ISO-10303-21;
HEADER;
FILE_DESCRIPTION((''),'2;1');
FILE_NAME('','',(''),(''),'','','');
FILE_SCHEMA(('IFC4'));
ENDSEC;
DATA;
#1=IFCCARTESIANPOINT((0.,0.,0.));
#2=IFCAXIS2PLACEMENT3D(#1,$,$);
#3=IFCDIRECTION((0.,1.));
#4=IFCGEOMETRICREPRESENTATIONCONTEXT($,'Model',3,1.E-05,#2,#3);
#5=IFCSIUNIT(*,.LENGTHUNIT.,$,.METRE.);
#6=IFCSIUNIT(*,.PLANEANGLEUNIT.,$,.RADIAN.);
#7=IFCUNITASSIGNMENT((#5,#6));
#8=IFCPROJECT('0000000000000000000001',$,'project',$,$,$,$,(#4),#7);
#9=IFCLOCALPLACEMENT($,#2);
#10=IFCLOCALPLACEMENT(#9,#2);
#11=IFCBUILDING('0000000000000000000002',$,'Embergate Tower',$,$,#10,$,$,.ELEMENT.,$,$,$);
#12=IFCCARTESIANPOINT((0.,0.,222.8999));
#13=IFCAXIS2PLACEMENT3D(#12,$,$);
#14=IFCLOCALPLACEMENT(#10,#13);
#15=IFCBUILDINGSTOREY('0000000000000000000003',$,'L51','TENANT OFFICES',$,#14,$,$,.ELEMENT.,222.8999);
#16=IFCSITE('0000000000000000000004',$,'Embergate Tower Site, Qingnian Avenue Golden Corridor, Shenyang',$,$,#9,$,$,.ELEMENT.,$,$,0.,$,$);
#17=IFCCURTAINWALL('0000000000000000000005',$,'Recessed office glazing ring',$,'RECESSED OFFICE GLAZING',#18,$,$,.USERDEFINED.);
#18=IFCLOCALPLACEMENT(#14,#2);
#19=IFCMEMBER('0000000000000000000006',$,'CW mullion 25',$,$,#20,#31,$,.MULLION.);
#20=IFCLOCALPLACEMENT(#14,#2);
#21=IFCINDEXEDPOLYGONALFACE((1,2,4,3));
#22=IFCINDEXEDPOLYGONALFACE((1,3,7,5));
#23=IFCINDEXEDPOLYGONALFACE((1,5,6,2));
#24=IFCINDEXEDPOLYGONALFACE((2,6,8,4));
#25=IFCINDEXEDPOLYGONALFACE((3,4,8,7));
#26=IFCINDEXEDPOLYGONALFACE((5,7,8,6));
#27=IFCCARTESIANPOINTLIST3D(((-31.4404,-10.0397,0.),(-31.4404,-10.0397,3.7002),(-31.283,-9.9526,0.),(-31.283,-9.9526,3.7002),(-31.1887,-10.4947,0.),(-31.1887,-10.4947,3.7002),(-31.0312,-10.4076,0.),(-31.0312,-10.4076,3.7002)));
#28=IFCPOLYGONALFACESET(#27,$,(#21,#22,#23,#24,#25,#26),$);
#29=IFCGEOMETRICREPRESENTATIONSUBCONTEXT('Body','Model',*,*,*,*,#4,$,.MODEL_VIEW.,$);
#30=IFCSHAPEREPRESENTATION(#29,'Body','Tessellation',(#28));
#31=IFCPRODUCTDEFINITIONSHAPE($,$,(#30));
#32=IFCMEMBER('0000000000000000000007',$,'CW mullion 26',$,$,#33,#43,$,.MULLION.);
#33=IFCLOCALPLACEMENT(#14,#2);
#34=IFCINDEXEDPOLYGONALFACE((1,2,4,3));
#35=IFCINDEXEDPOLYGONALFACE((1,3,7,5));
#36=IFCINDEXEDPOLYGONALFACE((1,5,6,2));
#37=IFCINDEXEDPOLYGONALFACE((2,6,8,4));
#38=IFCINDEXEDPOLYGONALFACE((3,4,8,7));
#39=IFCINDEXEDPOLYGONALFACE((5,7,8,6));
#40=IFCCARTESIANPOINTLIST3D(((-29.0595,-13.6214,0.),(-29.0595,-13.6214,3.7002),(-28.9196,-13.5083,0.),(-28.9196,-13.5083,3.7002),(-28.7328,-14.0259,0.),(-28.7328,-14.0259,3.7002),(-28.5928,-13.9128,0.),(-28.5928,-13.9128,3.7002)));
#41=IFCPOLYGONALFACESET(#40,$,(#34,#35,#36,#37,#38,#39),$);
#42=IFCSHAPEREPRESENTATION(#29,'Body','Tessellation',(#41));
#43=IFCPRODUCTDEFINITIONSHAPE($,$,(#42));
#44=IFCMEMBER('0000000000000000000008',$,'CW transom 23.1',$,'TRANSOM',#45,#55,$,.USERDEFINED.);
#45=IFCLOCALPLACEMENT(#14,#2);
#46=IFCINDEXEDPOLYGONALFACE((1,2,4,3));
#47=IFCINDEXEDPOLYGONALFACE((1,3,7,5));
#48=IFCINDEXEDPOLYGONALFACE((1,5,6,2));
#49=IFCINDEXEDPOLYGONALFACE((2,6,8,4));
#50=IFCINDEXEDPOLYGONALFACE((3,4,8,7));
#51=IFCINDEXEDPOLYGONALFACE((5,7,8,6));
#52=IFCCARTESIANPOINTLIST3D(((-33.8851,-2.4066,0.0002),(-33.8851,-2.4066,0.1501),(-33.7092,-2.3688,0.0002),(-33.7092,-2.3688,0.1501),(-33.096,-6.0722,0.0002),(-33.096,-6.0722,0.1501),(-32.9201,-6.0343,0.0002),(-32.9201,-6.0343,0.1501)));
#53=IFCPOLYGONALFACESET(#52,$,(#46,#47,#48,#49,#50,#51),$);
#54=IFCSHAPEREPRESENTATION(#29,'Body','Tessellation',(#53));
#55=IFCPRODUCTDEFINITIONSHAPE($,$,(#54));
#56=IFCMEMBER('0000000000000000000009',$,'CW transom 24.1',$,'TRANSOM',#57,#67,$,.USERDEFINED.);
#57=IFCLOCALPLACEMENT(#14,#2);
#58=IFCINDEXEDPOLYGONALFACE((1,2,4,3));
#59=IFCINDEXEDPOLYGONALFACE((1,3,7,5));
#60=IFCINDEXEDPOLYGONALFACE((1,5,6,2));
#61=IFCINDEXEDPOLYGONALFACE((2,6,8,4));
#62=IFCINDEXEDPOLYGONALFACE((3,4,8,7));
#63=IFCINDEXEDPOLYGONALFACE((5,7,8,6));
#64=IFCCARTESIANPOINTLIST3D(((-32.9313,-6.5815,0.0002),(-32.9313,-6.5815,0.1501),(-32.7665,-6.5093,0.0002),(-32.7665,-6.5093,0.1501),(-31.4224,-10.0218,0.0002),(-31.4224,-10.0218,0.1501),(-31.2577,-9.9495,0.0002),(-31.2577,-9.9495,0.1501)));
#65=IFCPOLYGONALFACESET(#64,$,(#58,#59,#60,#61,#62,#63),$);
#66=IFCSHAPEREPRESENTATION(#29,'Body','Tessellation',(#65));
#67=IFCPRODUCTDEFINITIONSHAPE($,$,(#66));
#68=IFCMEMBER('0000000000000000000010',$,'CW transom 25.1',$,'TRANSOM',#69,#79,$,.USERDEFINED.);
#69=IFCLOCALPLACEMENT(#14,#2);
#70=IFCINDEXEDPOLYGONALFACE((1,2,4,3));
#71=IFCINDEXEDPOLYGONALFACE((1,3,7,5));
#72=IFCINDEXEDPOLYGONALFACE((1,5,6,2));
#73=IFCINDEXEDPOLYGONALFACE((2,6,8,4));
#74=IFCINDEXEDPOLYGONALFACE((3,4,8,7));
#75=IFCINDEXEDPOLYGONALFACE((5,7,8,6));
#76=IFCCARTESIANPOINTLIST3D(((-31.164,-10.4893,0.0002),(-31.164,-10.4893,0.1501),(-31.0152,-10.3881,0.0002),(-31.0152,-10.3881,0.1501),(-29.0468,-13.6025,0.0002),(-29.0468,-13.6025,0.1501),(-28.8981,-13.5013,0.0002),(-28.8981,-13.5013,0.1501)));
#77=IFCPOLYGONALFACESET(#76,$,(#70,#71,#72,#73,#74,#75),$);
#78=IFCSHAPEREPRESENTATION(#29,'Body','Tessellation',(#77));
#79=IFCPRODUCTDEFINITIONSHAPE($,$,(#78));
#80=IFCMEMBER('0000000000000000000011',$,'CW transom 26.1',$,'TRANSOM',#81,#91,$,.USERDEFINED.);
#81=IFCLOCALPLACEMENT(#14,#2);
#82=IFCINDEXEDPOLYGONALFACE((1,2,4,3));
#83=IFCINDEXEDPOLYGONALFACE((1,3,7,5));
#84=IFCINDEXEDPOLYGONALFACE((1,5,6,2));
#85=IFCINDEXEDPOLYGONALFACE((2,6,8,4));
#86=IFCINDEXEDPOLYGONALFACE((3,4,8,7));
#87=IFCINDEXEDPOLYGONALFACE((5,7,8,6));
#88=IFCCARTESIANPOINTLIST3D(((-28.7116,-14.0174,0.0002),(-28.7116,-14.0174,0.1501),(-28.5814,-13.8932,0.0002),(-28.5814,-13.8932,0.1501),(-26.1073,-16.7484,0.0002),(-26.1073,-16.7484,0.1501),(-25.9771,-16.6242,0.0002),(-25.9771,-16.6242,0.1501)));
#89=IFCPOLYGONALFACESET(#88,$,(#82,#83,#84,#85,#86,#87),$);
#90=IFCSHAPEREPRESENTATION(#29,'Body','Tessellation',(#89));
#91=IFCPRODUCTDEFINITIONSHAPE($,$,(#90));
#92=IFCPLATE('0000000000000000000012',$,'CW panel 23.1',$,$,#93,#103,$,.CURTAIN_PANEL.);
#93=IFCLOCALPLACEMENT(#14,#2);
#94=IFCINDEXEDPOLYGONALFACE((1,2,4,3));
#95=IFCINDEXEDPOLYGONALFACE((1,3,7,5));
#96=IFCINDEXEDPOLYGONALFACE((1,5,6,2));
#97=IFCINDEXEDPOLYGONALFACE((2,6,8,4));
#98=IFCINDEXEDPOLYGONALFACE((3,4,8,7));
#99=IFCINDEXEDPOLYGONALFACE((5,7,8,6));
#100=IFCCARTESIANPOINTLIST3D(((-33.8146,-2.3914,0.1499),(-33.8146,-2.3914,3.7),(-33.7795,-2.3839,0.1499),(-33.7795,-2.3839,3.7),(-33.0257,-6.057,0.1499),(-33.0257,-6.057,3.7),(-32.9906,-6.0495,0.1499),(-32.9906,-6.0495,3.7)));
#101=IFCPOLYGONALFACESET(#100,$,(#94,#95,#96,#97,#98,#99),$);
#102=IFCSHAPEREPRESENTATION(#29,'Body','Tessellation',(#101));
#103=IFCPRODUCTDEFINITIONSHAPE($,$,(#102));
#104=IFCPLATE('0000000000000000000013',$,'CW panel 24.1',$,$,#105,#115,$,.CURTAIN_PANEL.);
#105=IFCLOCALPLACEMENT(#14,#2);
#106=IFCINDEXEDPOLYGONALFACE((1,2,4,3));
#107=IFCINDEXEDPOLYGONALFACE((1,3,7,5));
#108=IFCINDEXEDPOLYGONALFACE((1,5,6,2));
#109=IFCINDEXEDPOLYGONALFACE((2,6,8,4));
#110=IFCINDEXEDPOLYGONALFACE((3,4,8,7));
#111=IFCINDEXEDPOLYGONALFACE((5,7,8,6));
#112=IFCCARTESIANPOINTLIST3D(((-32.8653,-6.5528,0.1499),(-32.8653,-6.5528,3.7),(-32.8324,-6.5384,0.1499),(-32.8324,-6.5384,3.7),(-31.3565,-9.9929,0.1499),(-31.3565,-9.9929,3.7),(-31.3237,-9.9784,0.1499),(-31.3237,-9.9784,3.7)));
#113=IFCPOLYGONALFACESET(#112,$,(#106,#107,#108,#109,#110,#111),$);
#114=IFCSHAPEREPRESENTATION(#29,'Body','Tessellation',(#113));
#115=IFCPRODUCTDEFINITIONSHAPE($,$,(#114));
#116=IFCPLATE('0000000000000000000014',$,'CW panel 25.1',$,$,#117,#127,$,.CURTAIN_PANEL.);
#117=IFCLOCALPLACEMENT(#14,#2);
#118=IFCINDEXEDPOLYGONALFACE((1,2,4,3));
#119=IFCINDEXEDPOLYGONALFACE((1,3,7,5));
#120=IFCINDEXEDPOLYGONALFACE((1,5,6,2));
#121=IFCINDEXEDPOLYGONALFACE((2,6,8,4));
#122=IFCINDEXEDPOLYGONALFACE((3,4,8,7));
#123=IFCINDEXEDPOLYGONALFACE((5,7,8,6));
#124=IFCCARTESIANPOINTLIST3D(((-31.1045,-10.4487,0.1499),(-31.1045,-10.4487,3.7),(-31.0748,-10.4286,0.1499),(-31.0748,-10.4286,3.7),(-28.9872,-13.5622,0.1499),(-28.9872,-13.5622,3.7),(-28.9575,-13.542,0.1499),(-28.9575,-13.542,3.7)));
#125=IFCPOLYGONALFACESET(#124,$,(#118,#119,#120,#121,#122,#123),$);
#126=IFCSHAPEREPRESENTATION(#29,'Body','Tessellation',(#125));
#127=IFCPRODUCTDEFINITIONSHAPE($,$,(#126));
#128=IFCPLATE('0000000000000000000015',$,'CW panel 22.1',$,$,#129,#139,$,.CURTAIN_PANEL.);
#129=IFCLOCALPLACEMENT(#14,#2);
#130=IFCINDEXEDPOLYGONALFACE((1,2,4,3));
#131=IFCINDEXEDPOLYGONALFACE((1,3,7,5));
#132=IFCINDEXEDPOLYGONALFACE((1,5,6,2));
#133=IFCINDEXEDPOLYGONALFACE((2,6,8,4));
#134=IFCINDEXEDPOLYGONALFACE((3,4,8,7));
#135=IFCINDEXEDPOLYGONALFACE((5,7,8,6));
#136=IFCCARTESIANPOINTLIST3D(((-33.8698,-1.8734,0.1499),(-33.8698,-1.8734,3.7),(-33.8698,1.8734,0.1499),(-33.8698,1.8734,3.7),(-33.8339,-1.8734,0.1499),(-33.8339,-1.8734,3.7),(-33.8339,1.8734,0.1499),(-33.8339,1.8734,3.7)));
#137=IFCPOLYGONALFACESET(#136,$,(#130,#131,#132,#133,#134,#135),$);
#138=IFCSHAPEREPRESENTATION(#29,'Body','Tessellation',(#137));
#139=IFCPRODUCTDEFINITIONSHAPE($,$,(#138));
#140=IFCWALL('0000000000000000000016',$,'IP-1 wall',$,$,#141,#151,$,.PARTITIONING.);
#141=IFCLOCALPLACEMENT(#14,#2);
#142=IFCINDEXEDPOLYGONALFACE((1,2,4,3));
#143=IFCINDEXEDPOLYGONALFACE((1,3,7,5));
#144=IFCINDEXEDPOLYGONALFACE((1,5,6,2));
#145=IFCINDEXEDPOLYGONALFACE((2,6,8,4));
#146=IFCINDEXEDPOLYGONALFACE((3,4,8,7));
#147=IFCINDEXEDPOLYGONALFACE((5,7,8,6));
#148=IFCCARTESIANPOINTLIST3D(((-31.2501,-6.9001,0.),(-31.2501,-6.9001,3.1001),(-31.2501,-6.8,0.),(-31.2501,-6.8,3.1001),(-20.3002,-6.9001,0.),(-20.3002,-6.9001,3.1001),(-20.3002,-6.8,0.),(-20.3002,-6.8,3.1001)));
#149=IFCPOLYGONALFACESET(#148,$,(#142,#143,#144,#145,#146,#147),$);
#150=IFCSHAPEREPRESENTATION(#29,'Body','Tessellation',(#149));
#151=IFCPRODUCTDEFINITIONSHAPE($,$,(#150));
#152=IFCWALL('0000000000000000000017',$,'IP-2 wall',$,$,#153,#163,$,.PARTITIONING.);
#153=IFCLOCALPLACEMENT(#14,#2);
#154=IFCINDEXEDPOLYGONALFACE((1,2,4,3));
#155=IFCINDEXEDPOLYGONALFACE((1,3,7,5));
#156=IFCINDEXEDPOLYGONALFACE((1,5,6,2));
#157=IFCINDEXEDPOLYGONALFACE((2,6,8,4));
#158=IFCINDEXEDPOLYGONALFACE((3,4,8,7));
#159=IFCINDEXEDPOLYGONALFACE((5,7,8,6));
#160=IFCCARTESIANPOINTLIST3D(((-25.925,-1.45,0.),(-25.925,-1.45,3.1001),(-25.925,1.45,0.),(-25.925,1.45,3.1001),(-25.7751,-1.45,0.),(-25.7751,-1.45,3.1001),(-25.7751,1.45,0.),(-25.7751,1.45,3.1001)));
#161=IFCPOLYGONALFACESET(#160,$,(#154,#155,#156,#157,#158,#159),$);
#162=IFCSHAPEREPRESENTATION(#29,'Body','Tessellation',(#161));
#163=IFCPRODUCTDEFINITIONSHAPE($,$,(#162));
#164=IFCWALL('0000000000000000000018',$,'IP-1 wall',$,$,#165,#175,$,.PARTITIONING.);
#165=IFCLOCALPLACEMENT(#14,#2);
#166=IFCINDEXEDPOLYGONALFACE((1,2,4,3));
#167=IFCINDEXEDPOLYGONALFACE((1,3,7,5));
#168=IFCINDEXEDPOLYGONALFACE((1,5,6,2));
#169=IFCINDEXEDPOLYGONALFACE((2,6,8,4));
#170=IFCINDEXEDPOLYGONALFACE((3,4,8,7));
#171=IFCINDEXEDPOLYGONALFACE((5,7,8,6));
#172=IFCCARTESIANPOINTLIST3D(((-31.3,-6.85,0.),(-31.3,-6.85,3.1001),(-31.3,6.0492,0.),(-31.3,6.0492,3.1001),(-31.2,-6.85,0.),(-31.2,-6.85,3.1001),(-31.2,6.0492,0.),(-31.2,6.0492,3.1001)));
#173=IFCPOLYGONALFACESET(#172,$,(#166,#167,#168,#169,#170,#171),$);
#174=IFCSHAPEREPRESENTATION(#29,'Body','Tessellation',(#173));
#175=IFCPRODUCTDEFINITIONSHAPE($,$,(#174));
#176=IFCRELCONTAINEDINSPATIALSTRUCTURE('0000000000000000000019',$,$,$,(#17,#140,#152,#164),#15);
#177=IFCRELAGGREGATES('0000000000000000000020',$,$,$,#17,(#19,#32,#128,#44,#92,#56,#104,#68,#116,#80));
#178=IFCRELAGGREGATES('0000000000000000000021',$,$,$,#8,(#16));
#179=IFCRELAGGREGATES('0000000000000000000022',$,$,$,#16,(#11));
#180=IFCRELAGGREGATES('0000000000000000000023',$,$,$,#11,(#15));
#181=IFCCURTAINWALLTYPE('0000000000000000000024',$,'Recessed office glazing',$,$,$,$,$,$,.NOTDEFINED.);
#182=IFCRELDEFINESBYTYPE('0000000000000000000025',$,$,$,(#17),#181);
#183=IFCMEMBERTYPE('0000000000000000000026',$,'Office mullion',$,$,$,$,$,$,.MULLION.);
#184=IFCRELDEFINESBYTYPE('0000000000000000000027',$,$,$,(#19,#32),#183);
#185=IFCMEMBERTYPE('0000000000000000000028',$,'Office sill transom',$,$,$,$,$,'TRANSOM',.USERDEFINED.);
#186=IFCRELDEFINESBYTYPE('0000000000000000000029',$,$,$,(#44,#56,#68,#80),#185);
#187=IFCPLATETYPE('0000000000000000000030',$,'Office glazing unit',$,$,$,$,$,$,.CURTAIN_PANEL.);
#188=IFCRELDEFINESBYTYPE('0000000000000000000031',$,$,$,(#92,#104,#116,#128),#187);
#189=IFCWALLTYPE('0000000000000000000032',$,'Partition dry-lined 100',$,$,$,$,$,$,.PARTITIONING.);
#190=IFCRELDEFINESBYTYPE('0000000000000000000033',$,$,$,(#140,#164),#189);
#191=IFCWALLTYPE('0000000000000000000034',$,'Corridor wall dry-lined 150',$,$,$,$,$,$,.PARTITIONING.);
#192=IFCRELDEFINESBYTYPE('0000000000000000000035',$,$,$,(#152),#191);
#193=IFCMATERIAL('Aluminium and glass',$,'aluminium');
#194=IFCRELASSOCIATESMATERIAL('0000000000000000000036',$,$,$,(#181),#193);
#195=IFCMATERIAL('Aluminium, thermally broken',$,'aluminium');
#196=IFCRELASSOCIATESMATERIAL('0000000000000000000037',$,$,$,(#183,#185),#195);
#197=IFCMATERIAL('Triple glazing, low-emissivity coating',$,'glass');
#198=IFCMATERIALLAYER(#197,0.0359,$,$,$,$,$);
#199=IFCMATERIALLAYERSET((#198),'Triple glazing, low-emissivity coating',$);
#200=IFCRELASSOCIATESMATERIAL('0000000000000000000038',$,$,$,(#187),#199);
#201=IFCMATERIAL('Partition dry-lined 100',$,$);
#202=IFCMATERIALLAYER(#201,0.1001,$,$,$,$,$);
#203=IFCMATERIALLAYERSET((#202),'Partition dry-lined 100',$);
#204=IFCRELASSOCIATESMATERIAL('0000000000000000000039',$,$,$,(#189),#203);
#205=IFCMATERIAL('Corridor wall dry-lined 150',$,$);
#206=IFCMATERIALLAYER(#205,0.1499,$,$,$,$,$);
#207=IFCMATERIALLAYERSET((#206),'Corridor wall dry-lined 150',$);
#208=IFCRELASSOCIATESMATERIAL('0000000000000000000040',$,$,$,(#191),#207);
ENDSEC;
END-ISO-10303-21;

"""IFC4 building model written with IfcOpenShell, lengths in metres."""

from ifc_helpers import new_model, si_unit, direction, frame, frame_2d, origin, origin_2d, place, context, subcontext, project, spatial, rectangle, extrude, source, transform, mapped, material, layer, layer_set, material_profile, profile_set, type_object, element, aggregate, save


model = new_model("IFC4")

# Units and contexts
model_context = context("Model", 3, precision=1e-05, world=origin(), true_north=direction((0.0, 1.0)))
body_context = subcontext(model_context, "Body", "Model", "MODEL_VIEW")
ifc_project = project(units=[si_unit("LENGTHUNIT", "METRE"), si_unit("PLANEANGLEUNIT", "RADIAN")], contexts=[model_context])

# Site, building, storey
site_placement = place(None, origin())
site = spatial("IfcSite", under=ifc_project, at=site_placement, Name="Embergate Tower Site, Qingnian Avenue Golden Corridor, Shenyang", CompositionType="ELEMENT", RefElevation=0.0)
building_placement = place(site_placement, origin())
building = spatial("IfcBuilding", under=site, at=building_placement, Name="Embergate Tower", CompositionType="ELEMENT")
storey_placement = place(building_placement, frame((0.0, 0.0, 222.8999)))
storey = spatial("IfcBuildingStorey", under=building, at=storey_placement, Name="L51", Description="TENANT OFFICES", CompositionType="ELEMENT", Elevation=222.8999)

# Curtain wall, members, plates
ifc_material_1 = material(Name="Aluminium and glass", Category="aluminium")
curtain_wall_type = type_object("IfcCurtainWallType", Name="Recessed office glazing", PredefinedType="NOTDEFINED", material=ifc_material_1)
curtain_wall_placement = place(storey_placement, origin())
curtain_wall = element("IfcCurtainWall", 1, at=curtain_wall_placement, inside=storey, type_object=curtain_wall_type, Name="Recessed office glazing ring", ObjectType="RECESSED OFFICE GLAZING", PredefinedType="USERDEFINED")
ifc_material_2 = material(Name="Aluminium, thermally broken", Category="aluminium")
ifc_material_profile_1 = material_profile(ifc_material_2, rectangle(XDim=0.1799, YDim=0.52, at=origin_2d()), Name="AL 520x180")
ifc_profile_set_1 = profile_set([ifc_material_profile_1], Name="Aluminium, thermally broken")
member_type_1 = type_object("IfcMemberType", Name="Office mullion", PredefinedType="MULLION", material=ifc_profile_set_1)
shared_shape_1 = source(origin(), body_context, "Body", "SweptSolid", [
    extrude(rectangle(XDim=0.1799, YDim=0.52, at=origin_2d()), origin(), (0.0, 0.0, 1.0), 3.7002),
])
member_1_placement = place(storey_placement, frame((-31.2358, -10.2236, 0.0), z_axis=(0.0, 0.0, 1.0), x_axis=(0.875001, 0.484121, 0.0)))
member_1 = element("IfcMember", 2, at=member_1_placement, type_object=member_type_1, Name="CW mullion 25", PredefinedType="MULLION", context=body_context, shape_type="MappedRepresentation", body=[
    mapped(shared_shape_1, transform((0.0, 0.0, 0.0))),
])
member_2_placement = place(storey_placement, frame((-28.8262, -13.7671, 0.0), z_axis=(0.0, 0.0, 1.0), x_axis=(0.777873, 0.628422, 0.0)))
member_2 = element("IfcMember", 3, at=member_2_placement, type_object=member_type_1, Name="CW mullion 26", PredefinedType="MULLION", context=body_context, shape_type="MappedRepresentation", body=[
    mapped(shared_shape_1, transform((0.0, 0.0, 0.0))),
])
ifc_material_profile_2 = material_profile(ifc_material_2, rectangle(XDim=0.1799, YDim=0.1499, at=origin_2d()), Name="AL 150x180")
ifc_profile_set_2 = profile_set([ifc_material_profile_2], Name="Aluminium, thermally broken")
member_type_2 = type_object("IfcMemberType", Name="Office sill transom", ElementType="TRANSOM", PredefinedType="USERDEFINED", material=ifc_profile_set_2)
shared_shape_2 = source(origin(), body_context, "Body", "SweptSolid", [
    extrude(rectangle(XDim=0.1799, YDim=0.1499, at=origin_2d()), origin(), (0.0, 0.0, 1.0), 3.7495),
])
member_3_placement = place(storey_placement, frame((-33.7971, -2.3877, 0.0752), z_axis=(0.210445, -0.977606, 0.0), x_axis=(0.977606, 0.210445, 0.0)))
member_3 = element("IfcMember", 4, at=member_3_placement, type_object=member_type_2, Name="CW transom 23.1", ObjectType="TRANSOM", PredefinedType="USERDEFINED", context=body_context, shape_type="MappedRepresentation", body=[
    mapped(shared_shape_2, transform((0.0, 0.0, 0.0))),
])
shared_shape_3 = source(origin(), body_context, "Body", "SweptSolid", [
    extrude(rectangle(XDim=0.1799, YDim=0.1499, at=origin_2d()), origin(), (0.0, 0.0, 1.0), 3.7566),
])
member_4_placement = place(storey_placement, frame((-32.8489, -6.5454, 0.0752), z_axis=(0.401647, -0.915794, 0.0), x_axis=(0.915794, 0.401647, 0.0)))
member_4 = element("IfcMember", 5, at=member_4_placement, type_object=member_type_2, Name="CW transom 24.1", ObjectType="TRANSOM", PredefinedType="USERDEFINED", context=body_context, shape_type="MappedRepresentation", body=[
    mapped(shared_shape_3, transform((0.0, 0.0, 0.0))),
])
shared_shape_4 = source(origin(), body_context, "Body", "SweptSolid", [
    extrude(rectangle(XDim=0.1799, YDim=0.1499, at=origin_2d()), origin(), (0.0, 0.0, 1.0), 3.7649),
])
member_5_placement = place(storey_placement, frame((-31.0896, -10.4387, 0.0752), z_axis=(0.562338, -0.826907, 0.0), x_axis=(0.826907, 0.562338, 0.0)))
member_5 = element("IfcMember", 6, at=member_5_placement, type_object=member_type_2, Name="CW transom 25.1", ObjectType="TRANSOM", PredefinedType="USERDEFINED", context=body_context, shape_type="MappedRepresentation", body=[
    mapped(shared_shape_4, transform((0.0, 0.0, 0.0))),
])
shared_shape_5 = source(origin(), body_context, "Body", "SweptSolid", [
    extrude(rectangle(XDim=0.1799, YDim=0.1499, at=origin_2d()), origin(), (0.0, 0.0, 1.0), 3.7737),
])
member_6_placement = place(storey_placement, frame((-28.6465, -13.9553, 0.0752), z_axis=(0.690119, -0.723696, 0.0), x_axis=(0.723696, 0.690119, 0.0)))
member_6 = element("IfcMember", 7, at=member_6_placement, type_object=member_type_2, Name="CW transom 26.1", ObjectType="TRANSOM", PredefinedType="USERDEFINED", context=body_context, shape_type="MappedRepresentation", body=[
    mapped(shared_shape_5, transform((0.0, 0.0, 0.0))),
])
ifc_material_3 = material(Name="Triple glazing, low-emissivity coating", Category="glass")
ifc_layer_1 = layer(ifc_material_3, 0.0359)
ifc_layer_set_1 = layer_set([ifc_layer_1], Name="Triple glazing, low-emissivity coating")
plate_type = type_object("IfcPlateType", Name="Office glazing unit", PredefinedType="CURTAIN_PANEL", material=ifc_layer_set_1)
shared_shape_6 = source(origin(), body_context, "Body", "SweptSolid", [
    extrude(rectangle(XDim=3.7495, YDim=0.0359, at=origin_2d()), origin(), (0.0, 0.0, 1.0), 3.55),
])
plate_1_placement = place(storey_placement, frame((-33.4026, -4.2205, 0.1499), z_axis=(0.0, 0.0, 1.0), x_axis=(0.210397, -0.977616, 0.0)))
plate_1 = element("IfcPlate", 8, at=plate_1_placement, type_object=plate_type, Name="CW panel 23.1", PredefinedType="CURTAIN_PANEL", context=body_context, shape_type="MappedRepresentation", body=[
    mapped(shared_shape_6, transform((0.0, 0.0, 0.0))),
])
shared_shape_7 = source(origin(), body_context, "Body", "SweptSolid", [
    extrude(rectangle(XDim=3.7563, YDim=0.0359, at=origin_2d()), origin(), (0.0, 0.0, 1.0), 3.55),
])
plate_2_placement = place(storey_placement, frame((-32.0945, -8.2656, 0.1499), z_axis=(0.0, 0.0, 1.0), x_axis=(0.401649, -0.915794, 0.0)))
plate_2 = element("IfcPlate", 9, at=plate_2_placement, type_object=plate_type, Name="CW panel 24.1", PredefinedType="CURTAIN_PANEL", context=body_context, shape_type="MappedRepresentation", body=[
    mapped(shared_shape_7, transform((0.0, 0.0, 0.0))),
])
shared_shape_8 = source(origin(), body_context, "Body", "SweptSolid", [
    extrude(rectangle(XDim=3.7651, YDim=0.0359, at=origin_2d()), origin(), (0.0, 0.0, 1.0), 3.55),
])
plate_3_placement = place(storey_placement, frame((-30.031, -11.9954, 0.1499), z_axis=(0.0, 0.0, 1.0), x_axis=(0.562339, -0.826907, 0.0)))
plate_3 = element("IfcPlate", 10, at=plate_3_placement, type_object=plate_type, Name="CW panel 25.1", PredefinedType="CURTAIN_PANEL", context=body_context, shape_type="MappedRepresentation", body=[
    mapped(shared_shape_8, transform((0.0, 0.0, 0.0))),
])
shared_shape_9 = source(origin(), body_context, "Body", "SweptSolid", [
    extrude(rectangle(XDim=3.7468, YDim=0.0359, at=origin_2d()), origin(), (0.0, 0.0, 1.0), 3.55),
])
plate_4_placement = place(storey_placement, frame((-33.8518, 0.0, 0.1499), z_axis=(0.0, 0.0, 1.0), x_axis=(0.0, -1.0, 0.0)))
plate_4 = element("IfcPlate", 11, at=plate_4_placement, type_object=plate_type, Name="CW panel 22.1", PredefinedType="CURTAIN_PANEL", context=body_context, shape_type="MappedRepresentation", body=[
    mapped(shared_shape_9, transform((0.0, 0.0, 0.0))),
])
aggregate(curtain_wall, [member_1, member_2, plate_4, member_3, plate_1, member_4, plate_2, member_5, plate_3, member_6])

# Walls
ifc_material_4 = material(Name="Partition dry-lined 100")
ifc_layer_2 = layer(ifc_material_4, 0.1001)
ifc_layer_set_2 = layer_set([ifc_layer_2], Name="Partition dry-lined 100")
wall_type_1 = type_object("IfcWallType", Name="Partition dry-lined 100", PredefinedType="PARTITIONING", material=ifc_layer_set_2)
shared_shape_10 = source(origin(), body_context, "Body", "SweptSolid", [
    extrude(rectangle(XDim=10.95, YDim=0.1001, at=frame_2d((5.4751, 0.0))), origin(), (0.0, 0.0, 1.0), 3.1001),
])
wall_1_placement = place(storey_placement, frame((-20.3, -6.8501, 0.0), z_axis=(0.0, 0.0, 1.0), x_axis=(-1.0, 0.0, 0.0)))
element("IfcWall", 12, at=wall_1_placement, inside=storey, type_object=wall_type_1, Name="IP-1 wall", PredefinedType="PARTITIONING", context=body_context, shape_type="MappedRepresentation", body=[
    mapped(shared_shape_10, transform((0.0, 0.0, 0.0))),
])
ifc_material_5 = material(Name="Corridor wall dry-lined 150")
ifc_layer_3 = layer(ifc_material_5, 0.1499)
ifc_layer_set_3 = layer_set([ifc_layer_3], Name="Corridor wall dry-lined 150")
wall_type_2 = type_object("IfcWallType", Name="Corridor wall dry-lined 150", PredefinedType="PARTITIONING", material=ifc_layer_set_3)
shared_shape_11 = source(origin(), body_context, "Body", "SweptSolid", [
    extrude(rectangle(XDim=2.8999, YDim=0.1499, at=frame_2d((1.45, 0.0))), origin(), (0.0, 0.0, 1.0), 3.1001),
])
wall_2_placement = place(storey_placement, frame((-25.8501, -1.45, 0.0), z_axis=(0.0, 0.0, 1.0), x_axis=(0.0, 1.0, 0.0)))
element("IfcWall", 13, at=wall_2_placement, inside=storey, type_object=wall_type_2, Name="IP-2 wall", PredefinedType="PARTITIONING", context=body_context, shape_type="MappedRepresentation", body=[
    mapped(shared_shape_11, transform((0.0, 0.0, 0.0))),
])
shared_shape_12 = source(origin(), body_context, "Body", "SweptSolid", [
    extrude(rectangle(XDim=12.8992, YDim=0.1001, at=frame_2d((6.4497, 0.0))), origin(), (0.0, 0.0, 1.0), 3.1001),
])
wall_3_placement = place(storey_placement, frame((-31.25, -6.8501, 0.0), z_axis=(0.0, 0.0, 1.0), x_axis=(0.0, 1.0, 0.0)))
element("IfcWall", 14, at=wall_3_placement, inside=storey, type_object=wall_type_1, Name="IP-1 wall", PredefinedType="PARTITIONING", context=body_context, shape_type="MappedRepresentation", body=[
    mapped(shared_shape_12, transform((0.0, 0.0, 0.0))),
])

save(model, "model.ifc")
